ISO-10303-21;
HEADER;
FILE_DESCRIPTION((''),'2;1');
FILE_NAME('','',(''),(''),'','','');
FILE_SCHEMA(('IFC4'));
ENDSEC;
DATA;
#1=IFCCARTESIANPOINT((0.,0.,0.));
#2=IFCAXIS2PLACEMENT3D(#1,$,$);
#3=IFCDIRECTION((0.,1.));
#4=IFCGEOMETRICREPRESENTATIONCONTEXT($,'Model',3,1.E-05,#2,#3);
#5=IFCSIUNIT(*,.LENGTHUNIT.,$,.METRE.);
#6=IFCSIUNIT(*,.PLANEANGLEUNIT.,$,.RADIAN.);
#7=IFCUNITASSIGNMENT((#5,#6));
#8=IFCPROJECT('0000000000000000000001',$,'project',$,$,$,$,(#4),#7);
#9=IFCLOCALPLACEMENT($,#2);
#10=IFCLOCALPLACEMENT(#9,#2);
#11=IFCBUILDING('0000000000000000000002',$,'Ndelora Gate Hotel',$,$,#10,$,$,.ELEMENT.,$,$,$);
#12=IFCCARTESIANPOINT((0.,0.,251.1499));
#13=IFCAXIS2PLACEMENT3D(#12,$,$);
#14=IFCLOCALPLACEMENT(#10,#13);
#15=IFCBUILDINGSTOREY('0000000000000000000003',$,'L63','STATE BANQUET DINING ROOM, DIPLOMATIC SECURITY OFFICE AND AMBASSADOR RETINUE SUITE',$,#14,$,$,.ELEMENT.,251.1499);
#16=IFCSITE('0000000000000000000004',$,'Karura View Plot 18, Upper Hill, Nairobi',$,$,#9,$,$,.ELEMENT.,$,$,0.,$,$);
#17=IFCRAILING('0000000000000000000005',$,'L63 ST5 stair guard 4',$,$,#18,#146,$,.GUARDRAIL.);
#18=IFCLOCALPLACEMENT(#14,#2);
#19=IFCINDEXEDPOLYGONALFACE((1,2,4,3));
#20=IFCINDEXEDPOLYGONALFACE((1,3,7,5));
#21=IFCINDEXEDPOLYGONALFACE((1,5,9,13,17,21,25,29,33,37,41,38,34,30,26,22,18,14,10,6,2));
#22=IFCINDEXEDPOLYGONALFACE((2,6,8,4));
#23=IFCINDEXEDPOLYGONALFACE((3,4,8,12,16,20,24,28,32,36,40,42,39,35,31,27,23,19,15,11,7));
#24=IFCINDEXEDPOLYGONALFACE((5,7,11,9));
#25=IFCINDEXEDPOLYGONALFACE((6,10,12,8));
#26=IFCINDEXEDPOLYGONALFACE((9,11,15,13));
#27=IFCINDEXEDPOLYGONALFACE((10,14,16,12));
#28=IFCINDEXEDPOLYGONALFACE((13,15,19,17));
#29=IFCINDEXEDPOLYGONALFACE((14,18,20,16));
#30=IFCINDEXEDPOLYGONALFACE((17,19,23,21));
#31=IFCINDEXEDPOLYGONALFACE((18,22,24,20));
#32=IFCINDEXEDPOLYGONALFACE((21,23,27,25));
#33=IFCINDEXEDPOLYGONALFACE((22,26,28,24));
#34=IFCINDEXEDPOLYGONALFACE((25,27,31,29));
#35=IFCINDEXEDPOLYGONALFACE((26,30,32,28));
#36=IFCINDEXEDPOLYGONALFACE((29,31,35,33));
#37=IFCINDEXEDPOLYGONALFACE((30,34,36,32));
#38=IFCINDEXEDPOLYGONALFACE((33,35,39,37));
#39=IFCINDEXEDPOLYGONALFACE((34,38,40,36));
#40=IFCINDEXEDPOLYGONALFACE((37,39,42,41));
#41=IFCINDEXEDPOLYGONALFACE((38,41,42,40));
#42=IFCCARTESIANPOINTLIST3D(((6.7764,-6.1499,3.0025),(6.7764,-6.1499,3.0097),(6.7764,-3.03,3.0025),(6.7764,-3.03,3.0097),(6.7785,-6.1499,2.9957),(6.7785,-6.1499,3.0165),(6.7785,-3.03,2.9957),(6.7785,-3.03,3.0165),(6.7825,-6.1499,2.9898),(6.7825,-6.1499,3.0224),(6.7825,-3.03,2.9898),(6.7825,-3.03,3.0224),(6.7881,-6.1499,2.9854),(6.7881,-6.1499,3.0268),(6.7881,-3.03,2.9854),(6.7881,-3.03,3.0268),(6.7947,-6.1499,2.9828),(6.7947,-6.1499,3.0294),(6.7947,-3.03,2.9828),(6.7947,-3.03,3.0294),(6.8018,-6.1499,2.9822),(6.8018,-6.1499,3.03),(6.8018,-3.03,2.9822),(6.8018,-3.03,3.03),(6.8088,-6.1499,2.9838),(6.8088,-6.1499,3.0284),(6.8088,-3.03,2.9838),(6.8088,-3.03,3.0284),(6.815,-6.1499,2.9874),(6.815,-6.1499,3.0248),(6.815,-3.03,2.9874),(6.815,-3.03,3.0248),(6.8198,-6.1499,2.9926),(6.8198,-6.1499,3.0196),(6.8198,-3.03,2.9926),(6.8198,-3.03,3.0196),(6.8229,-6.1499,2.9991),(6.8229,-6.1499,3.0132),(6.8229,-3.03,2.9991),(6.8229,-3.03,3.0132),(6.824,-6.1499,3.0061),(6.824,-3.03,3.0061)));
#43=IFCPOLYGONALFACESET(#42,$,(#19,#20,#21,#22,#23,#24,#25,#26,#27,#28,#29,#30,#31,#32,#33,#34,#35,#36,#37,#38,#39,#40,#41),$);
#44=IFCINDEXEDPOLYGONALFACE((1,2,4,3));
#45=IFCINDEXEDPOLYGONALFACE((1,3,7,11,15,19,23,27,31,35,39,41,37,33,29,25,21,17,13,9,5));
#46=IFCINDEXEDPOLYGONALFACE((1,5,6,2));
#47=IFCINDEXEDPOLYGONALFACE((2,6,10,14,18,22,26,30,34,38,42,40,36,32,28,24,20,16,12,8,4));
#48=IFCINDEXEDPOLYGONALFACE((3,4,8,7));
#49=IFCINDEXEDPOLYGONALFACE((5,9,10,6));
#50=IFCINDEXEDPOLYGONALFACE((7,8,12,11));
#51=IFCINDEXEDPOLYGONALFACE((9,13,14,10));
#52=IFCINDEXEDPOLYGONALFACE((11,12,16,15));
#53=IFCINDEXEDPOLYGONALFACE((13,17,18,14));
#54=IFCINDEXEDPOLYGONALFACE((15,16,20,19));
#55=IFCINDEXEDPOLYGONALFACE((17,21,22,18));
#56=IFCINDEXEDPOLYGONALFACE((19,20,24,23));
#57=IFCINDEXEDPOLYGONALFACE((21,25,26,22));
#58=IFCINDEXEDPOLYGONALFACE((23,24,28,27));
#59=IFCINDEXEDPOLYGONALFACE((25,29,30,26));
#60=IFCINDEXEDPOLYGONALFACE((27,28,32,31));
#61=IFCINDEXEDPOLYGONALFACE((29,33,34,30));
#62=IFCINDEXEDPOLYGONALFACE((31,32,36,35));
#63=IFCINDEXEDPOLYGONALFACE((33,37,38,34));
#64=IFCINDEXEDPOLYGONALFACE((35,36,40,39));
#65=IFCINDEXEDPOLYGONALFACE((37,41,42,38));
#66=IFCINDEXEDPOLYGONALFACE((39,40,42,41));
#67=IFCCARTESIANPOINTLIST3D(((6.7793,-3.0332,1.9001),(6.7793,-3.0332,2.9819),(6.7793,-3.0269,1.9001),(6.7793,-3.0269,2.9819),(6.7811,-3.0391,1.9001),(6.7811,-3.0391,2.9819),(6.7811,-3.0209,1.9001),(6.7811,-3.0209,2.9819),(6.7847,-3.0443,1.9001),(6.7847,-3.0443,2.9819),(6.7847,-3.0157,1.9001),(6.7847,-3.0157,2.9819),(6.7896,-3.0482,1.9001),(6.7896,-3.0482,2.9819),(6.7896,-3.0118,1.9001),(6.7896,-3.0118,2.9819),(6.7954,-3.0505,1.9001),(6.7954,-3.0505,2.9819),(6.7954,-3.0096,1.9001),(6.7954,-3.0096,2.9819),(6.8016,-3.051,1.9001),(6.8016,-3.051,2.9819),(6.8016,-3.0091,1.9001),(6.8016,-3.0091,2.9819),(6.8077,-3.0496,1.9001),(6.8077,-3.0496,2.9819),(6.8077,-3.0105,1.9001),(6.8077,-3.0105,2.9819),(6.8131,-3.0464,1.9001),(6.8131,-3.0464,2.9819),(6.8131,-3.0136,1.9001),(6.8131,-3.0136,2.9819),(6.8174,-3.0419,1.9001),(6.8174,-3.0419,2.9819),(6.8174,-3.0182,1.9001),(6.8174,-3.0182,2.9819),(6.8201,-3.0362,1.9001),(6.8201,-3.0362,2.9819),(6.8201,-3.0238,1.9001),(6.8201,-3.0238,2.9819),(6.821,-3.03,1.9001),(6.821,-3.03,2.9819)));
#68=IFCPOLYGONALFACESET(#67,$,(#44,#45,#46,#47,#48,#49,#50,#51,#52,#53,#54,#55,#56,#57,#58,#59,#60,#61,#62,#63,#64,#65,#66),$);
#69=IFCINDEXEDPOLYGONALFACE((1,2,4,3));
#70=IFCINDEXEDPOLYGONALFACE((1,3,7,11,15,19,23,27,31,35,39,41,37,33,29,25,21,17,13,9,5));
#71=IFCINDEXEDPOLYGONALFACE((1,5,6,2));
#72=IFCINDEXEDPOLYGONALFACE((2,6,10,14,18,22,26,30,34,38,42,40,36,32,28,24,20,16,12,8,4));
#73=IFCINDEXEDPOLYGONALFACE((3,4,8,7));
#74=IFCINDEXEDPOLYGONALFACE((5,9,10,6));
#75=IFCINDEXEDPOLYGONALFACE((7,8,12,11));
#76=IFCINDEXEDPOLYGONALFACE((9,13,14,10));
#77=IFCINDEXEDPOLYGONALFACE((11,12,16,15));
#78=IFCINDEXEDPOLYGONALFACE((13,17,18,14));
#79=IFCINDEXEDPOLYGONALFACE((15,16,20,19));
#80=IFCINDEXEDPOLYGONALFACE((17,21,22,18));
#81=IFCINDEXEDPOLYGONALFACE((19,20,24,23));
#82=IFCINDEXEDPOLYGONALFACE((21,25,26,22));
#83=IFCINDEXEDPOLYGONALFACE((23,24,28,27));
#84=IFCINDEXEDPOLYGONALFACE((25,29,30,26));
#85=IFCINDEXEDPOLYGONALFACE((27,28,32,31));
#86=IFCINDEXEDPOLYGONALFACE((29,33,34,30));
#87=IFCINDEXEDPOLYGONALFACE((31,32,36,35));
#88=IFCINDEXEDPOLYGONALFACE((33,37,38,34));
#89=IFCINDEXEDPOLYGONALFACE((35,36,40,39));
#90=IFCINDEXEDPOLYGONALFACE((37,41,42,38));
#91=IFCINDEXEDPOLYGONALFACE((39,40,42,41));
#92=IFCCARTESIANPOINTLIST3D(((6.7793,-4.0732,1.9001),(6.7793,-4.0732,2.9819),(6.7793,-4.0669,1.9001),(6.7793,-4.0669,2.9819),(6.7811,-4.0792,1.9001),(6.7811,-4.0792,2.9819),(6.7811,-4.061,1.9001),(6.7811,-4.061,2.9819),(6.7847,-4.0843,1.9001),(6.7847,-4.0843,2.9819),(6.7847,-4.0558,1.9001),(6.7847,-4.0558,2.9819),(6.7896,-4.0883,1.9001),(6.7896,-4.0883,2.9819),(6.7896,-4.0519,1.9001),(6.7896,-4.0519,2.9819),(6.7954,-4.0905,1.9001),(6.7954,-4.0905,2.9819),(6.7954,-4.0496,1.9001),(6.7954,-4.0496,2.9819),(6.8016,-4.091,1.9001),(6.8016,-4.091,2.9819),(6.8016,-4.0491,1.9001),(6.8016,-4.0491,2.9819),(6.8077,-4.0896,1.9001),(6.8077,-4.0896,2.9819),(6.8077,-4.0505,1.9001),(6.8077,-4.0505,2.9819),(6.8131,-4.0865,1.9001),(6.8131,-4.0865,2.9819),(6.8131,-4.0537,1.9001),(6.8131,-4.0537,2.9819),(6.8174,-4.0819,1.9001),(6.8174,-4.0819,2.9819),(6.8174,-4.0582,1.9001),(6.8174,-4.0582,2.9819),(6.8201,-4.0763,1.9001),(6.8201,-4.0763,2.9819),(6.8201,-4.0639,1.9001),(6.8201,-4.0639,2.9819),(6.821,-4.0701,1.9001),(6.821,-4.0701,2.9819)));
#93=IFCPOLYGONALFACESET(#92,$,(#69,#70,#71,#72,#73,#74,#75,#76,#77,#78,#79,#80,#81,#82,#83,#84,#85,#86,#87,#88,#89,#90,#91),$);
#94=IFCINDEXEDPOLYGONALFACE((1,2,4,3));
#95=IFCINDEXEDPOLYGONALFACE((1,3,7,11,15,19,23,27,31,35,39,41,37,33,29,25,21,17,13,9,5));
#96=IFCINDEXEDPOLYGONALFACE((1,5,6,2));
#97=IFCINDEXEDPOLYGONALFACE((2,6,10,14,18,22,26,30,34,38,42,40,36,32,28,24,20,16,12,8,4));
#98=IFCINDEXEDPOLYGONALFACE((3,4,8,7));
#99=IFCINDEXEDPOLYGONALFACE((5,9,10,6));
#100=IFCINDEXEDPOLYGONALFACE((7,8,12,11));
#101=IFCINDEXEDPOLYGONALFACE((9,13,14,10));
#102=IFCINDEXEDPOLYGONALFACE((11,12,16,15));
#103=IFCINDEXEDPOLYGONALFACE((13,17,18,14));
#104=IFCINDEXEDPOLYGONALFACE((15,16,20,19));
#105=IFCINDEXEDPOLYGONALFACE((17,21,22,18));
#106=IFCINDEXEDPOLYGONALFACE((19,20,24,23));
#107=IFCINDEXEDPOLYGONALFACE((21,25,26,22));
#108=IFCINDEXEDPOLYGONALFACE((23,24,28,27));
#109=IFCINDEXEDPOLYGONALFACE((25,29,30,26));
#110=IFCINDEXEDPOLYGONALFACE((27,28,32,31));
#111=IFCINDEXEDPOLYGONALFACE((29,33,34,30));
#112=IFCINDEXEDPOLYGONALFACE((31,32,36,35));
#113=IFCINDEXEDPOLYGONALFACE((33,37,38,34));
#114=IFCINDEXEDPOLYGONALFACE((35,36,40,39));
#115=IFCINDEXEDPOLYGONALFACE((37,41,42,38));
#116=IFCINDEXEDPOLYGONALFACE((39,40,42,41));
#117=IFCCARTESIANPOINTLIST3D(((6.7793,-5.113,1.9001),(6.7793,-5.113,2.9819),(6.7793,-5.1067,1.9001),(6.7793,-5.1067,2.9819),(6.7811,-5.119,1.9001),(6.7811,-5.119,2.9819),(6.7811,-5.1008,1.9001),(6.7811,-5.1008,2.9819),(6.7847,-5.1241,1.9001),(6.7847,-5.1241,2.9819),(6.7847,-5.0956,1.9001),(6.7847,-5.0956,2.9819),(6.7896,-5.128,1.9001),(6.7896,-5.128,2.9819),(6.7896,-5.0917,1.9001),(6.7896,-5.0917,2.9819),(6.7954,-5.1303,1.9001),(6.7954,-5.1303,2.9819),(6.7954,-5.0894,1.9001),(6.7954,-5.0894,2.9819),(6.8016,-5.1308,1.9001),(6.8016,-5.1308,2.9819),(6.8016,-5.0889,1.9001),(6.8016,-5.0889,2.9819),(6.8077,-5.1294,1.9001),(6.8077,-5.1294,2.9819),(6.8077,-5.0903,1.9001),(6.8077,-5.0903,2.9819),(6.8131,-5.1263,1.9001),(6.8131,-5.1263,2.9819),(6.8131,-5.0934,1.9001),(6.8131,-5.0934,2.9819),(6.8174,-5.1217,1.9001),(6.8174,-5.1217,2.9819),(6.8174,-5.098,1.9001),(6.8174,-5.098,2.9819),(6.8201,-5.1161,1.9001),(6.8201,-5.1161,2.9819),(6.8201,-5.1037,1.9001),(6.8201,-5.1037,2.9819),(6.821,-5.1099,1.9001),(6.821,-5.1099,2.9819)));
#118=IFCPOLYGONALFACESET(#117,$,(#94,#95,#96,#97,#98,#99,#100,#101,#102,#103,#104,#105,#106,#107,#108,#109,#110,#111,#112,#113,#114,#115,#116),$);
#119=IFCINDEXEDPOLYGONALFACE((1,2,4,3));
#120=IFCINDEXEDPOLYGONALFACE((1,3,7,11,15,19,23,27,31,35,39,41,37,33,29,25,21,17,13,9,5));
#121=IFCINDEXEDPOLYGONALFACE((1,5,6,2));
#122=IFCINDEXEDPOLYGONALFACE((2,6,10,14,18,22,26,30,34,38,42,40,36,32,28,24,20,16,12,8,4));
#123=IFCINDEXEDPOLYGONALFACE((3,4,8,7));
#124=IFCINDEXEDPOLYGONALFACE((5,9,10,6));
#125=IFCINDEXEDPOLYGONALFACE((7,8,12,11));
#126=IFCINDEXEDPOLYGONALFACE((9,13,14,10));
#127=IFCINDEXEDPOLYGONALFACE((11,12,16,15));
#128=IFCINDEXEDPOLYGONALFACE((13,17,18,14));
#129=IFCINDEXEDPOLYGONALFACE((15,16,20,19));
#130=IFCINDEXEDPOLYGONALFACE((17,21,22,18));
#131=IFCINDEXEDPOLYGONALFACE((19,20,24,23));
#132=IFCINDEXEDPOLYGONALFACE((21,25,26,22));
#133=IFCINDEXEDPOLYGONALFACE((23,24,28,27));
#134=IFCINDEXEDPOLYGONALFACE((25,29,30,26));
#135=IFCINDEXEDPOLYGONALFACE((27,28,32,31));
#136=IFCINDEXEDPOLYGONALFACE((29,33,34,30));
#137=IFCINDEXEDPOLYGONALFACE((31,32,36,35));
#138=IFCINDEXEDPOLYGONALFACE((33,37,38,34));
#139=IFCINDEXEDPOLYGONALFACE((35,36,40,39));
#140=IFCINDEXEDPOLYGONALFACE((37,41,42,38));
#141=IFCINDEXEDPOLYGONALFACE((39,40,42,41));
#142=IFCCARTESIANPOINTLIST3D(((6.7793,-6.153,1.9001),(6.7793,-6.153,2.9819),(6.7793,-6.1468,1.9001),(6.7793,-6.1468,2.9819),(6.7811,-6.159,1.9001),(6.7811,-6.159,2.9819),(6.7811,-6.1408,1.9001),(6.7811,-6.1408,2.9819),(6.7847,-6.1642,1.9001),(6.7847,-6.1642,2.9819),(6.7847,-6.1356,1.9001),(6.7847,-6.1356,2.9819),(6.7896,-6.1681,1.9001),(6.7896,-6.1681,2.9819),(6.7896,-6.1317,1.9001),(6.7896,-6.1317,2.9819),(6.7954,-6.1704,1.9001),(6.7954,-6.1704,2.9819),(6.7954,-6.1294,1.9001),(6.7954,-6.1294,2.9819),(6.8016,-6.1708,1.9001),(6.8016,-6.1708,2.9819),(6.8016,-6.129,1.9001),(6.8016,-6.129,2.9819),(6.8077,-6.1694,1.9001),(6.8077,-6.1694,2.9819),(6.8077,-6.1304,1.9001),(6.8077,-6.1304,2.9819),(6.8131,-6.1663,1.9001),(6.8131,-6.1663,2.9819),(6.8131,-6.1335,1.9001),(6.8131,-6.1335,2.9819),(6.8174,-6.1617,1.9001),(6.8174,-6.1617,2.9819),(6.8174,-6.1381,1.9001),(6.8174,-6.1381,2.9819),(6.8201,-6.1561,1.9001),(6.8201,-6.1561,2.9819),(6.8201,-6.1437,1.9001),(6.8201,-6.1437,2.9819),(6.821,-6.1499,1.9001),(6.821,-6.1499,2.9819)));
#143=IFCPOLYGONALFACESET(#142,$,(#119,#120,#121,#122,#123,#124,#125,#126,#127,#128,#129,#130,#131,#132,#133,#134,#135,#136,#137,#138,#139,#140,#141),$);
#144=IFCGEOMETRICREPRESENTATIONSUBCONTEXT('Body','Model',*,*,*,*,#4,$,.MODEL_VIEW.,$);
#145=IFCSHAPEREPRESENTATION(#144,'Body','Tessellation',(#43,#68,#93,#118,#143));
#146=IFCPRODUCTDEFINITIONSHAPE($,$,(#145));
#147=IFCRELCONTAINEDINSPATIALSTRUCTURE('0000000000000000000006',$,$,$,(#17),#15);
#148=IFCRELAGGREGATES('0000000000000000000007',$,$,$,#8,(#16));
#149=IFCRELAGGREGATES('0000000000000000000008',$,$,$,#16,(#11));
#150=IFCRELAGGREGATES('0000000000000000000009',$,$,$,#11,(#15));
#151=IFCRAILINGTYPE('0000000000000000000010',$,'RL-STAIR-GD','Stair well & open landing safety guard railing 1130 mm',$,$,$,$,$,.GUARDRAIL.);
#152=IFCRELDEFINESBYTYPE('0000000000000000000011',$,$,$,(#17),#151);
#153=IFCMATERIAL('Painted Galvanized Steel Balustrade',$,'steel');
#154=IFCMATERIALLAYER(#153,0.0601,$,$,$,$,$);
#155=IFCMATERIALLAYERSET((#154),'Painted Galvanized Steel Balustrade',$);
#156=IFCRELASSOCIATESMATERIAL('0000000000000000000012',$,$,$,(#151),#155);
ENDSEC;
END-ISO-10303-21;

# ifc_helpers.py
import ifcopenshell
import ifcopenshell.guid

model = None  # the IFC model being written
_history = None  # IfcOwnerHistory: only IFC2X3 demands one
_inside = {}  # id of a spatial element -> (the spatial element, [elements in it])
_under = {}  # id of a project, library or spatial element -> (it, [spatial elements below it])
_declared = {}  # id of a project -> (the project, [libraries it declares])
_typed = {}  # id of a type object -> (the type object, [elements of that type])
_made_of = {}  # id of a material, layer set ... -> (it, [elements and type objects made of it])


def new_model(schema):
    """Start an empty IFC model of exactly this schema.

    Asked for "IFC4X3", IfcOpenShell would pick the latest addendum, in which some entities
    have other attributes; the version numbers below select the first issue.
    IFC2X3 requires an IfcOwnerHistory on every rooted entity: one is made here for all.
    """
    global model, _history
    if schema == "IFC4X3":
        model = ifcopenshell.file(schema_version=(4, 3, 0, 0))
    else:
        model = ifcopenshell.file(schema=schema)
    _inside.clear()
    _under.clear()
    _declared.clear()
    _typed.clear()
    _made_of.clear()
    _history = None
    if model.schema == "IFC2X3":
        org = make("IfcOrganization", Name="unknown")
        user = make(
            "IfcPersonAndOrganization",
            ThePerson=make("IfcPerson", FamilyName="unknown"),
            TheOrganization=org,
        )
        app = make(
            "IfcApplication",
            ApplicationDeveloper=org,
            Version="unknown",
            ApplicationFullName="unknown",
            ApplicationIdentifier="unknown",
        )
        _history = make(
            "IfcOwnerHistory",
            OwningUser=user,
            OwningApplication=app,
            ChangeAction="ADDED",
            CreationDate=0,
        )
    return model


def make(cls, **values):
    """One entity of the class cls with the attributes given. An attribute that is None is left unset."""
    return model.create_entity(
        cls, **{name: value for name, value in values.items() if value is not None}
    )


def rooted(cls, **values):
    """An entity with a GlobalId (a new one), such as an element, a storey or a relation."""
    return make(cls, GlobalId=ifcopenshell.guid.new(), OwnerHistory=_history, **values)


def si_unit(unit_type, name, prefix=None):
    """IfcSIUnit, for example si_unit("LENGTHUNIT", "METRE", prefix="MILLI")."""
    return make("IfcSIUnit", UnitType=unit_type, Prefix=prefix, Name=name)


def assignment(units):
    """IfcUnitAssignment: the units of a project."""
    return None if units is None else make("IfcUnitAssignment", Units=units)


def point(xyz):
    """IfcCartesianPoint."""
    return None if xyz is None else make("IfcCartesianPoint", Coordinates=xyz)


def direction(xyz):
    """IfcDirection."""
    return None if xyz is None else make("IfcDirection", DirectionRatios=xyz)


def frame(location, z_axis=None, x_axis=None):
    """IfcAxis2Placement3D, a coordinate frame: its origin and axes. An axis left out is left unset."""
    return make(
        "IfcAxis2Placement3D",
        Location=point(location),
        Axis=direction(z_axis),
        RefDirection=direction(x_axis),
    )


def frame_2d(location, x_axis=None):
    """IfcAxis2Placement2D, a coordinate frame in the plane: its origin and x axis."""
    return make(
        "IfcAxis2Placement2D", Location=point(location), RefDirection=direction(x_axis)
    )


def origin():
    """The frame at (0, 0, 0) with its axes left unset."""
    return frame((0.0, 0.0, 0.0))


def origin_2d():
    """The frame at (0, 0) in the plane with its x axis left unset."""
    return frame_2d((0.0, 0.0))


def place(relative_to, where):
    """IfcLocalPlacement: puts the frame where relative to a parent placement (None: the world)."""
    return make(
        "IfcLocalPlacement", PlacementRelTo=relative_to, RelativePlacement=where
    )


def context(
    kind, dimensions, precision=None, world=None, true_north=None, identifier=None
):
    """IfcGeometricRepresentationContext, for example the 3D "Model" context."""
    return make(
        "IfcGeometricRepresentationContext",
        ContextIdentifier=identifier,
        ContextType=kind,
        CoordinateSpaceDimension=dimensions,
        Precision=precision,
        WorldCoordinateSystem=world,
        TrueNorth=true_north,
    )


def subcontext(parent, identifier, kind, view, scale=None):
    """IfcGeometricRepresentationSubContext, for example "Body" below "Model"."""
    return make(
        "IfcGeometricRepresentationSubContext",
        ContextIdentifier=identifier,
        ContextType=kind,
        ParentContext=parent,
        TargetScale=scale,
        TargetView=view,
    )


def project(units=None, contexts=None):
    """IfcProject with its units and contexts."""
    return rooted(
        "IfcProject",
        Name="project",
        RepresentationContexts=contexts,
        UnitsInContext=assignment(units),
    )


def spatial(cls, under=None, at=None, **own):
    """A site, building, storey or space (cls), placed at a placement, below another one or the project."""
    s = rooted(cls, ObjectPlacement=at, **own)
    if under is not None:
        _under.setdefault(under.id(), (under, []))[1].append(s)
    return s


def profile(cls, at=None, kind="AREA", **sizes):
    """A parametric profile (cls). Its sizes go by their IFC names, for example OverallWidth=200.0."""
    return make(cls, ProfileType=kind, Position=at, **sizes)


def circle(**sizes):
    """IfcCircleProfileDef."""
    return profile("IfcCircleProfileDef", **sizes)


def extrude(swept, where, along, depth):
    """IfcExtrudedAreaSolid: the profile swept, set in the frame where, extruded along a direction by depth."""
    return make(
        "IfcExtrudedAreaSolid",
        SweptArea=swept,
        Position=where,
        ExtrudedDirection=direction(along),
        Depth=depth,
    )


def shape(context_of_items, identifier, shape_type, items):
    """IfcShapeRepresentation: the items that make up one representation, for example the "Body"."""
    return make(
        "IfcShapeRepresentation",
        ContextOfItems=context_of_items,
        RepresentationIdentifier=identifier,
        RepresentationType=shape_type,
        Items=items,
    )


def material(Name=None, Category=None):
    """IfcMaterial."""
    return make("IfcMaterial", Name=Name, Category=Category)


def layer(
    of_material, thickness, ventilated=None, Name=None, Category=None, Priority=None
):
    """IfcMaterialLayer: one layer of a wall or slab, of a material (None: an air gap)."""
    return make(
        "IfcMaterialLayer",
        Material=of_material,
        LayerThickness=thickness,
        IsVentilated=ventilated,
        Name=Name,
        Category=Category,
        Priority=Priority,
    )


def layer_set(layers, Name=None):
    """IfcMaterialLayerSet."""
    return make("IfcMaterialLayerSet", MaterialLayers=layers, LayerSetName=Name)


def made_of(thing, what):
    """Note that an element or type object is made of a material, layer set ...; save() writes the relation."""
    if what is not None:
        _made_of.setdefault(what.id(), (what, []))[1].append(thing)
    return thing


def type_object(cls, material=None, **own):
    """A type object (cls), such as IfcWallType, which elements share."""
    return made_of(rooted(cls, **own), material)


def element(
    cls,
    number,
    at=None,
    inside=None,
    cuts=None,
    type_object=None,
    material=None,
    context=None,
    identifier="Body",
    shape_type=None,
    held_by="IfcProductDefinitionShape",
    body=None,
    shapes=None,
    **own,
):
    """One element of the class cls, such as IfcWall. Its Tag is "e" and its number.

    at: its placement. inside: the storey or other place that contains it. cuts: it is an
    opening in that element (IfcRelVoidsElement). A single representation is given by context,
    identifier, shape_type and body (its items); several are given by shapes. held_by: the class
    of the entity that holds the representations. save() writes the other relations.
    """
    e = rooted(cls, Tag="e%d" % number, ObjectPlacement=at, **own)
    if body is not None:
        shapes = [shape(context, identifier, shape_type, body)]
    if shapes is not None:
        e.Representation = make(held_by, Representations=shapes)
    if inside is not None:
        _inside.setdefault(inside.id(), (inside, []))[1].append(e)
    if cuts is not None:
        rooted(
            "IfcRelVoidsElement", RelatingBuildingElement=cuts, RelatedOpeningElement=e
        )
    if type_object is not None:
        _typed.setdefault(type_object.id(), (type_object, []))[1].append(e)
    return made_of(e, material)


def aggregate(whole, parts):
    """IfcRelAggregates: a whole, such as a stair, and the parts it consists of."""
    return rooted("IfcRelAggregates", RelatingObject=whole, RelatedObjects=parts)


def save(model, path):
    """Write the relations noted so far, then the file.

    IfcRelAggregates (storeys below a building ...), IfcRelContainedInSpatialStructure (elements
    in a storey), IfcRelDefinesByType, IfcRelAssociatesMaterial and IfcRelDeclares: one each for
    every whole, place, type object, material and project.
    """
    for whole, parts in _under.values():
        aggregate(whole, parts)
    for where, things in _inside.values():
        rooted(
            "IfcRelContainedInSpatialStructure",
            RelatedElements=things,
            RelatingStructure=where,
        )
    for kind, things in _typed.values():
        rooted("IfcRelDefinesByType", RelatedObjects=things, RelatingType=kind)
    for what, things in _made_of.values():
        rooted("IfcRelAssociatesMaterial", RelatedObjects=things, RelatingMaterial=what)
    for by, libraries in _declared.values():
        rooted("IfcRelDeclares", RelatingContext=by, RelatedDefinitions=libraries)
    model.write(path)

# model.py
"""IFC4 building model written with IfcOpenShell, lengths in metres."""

from ifc_helpers import new_model, si_unit, direction, frame, origin, origin_2d, place, context, subcontext, project, spatial, circle, extrude, material, layer, layer_set, type_object, element, save


model = new_model("IFC4")

# Units and contexts
model_context = context("Model", 3, precision=1e-05, world=origin(), true_north=direction((0.0, 1.0)))
body_context = subcontext(model_context, "Body", "Model", "MODEL_VIEW")
ifc_project = project(units=[si_unit("LENGTHUNIT", "METRE"), si_unit("PLANEANGLEUNIT", "RADIAN")], contexts=[model_context])

# Site, building, storey
site_placement = place(None, origin())
site = spatial("IfcSite", under=ifc_project, at=site_placement, Name="Karura View Plot 18, Upper Hill, Nairobi", CompositionType="ELEMENT", RefElevation=0.0)
building_placement = place(site_placement, origin())
building = spatial("IfcBuilding", under=site, at=building_placement, Name="Ndelora Gate Hotel", CompositionType="ELEMENT")
storey_placement = place(building_placement, frame((0.0, 0.0, 251.1499)))
storey = spatial("IfcBuildingStorey", under=building, at=storey_placement, Name="L63", Description="STATE BANQUET DINING ROOM, DIPLOMATIC SECURITY OFFICE AND AMBASSADOR RETINUE SUITE", CompositionType="ELEMENT", Elevation=251.1499)

# Railing
ifc_material_1 = material(Name="Painted Galvanized Steel Balustrade", Category="steel")
ifc_layer_1 = layer(ifc_material_1, 0.0601)
ifc_layer_set_1 = layer_set([ifc_layer_1], Name="Painted Galvanized Steel Balustrade")
railing_type_1 = type_object("IfcRailingType", Name="RL-STAIR-GD", Description="Stair well & open landing safety guard railing 1130 mm", PredefinedType="GUARDRAIL", material=ifc_layer_set_1)
for number, where, name in (
    (1, (6.8, -3.03, 1.9001), "L63 ST5 stair guard 4"),
):
    element("IfcRailing", number, at=place(storey_placement, frame(where)), inside=storey, type_object=railing_type_1, Name=name, PredefinedType="GUARDRAIL", context=body_context, shape_type="SweptSolid", body=[
        extrude(circle(Radius=0.0239, at=origin_2d()), frame((0.0, 0.0, 1.106), z_axis=(0.0, -1.0, 0.0), x_axis=(1.0, 0.0, 0.0)), (0.0, 0.0, 1.0), 3.1199),
        extrude(circle(Radius=0.021, at=origin_2d()), origin(), (0.0, 0.0, 1.0), 1.0818),
        extrude(circle(Radius=0.021, at=origin_2d()), frame((0.0, -1.04, 0.0)), (0.0, 0.0, 1.0), 1.0818),
        extrude(circle(Radius=0.021, at=origin_2d()), frame((0.0, -2.0798, 0.0)), (0.0, 0.0, 1.0), 1.0818),
        extrude(circle(Radius=0.021, at=origin_2d()), frame((0.0, -3.1199, 0.0)), (0.0, 0.0, 1.0), 1.0818),
    ])

save(model, "model.ifc")
